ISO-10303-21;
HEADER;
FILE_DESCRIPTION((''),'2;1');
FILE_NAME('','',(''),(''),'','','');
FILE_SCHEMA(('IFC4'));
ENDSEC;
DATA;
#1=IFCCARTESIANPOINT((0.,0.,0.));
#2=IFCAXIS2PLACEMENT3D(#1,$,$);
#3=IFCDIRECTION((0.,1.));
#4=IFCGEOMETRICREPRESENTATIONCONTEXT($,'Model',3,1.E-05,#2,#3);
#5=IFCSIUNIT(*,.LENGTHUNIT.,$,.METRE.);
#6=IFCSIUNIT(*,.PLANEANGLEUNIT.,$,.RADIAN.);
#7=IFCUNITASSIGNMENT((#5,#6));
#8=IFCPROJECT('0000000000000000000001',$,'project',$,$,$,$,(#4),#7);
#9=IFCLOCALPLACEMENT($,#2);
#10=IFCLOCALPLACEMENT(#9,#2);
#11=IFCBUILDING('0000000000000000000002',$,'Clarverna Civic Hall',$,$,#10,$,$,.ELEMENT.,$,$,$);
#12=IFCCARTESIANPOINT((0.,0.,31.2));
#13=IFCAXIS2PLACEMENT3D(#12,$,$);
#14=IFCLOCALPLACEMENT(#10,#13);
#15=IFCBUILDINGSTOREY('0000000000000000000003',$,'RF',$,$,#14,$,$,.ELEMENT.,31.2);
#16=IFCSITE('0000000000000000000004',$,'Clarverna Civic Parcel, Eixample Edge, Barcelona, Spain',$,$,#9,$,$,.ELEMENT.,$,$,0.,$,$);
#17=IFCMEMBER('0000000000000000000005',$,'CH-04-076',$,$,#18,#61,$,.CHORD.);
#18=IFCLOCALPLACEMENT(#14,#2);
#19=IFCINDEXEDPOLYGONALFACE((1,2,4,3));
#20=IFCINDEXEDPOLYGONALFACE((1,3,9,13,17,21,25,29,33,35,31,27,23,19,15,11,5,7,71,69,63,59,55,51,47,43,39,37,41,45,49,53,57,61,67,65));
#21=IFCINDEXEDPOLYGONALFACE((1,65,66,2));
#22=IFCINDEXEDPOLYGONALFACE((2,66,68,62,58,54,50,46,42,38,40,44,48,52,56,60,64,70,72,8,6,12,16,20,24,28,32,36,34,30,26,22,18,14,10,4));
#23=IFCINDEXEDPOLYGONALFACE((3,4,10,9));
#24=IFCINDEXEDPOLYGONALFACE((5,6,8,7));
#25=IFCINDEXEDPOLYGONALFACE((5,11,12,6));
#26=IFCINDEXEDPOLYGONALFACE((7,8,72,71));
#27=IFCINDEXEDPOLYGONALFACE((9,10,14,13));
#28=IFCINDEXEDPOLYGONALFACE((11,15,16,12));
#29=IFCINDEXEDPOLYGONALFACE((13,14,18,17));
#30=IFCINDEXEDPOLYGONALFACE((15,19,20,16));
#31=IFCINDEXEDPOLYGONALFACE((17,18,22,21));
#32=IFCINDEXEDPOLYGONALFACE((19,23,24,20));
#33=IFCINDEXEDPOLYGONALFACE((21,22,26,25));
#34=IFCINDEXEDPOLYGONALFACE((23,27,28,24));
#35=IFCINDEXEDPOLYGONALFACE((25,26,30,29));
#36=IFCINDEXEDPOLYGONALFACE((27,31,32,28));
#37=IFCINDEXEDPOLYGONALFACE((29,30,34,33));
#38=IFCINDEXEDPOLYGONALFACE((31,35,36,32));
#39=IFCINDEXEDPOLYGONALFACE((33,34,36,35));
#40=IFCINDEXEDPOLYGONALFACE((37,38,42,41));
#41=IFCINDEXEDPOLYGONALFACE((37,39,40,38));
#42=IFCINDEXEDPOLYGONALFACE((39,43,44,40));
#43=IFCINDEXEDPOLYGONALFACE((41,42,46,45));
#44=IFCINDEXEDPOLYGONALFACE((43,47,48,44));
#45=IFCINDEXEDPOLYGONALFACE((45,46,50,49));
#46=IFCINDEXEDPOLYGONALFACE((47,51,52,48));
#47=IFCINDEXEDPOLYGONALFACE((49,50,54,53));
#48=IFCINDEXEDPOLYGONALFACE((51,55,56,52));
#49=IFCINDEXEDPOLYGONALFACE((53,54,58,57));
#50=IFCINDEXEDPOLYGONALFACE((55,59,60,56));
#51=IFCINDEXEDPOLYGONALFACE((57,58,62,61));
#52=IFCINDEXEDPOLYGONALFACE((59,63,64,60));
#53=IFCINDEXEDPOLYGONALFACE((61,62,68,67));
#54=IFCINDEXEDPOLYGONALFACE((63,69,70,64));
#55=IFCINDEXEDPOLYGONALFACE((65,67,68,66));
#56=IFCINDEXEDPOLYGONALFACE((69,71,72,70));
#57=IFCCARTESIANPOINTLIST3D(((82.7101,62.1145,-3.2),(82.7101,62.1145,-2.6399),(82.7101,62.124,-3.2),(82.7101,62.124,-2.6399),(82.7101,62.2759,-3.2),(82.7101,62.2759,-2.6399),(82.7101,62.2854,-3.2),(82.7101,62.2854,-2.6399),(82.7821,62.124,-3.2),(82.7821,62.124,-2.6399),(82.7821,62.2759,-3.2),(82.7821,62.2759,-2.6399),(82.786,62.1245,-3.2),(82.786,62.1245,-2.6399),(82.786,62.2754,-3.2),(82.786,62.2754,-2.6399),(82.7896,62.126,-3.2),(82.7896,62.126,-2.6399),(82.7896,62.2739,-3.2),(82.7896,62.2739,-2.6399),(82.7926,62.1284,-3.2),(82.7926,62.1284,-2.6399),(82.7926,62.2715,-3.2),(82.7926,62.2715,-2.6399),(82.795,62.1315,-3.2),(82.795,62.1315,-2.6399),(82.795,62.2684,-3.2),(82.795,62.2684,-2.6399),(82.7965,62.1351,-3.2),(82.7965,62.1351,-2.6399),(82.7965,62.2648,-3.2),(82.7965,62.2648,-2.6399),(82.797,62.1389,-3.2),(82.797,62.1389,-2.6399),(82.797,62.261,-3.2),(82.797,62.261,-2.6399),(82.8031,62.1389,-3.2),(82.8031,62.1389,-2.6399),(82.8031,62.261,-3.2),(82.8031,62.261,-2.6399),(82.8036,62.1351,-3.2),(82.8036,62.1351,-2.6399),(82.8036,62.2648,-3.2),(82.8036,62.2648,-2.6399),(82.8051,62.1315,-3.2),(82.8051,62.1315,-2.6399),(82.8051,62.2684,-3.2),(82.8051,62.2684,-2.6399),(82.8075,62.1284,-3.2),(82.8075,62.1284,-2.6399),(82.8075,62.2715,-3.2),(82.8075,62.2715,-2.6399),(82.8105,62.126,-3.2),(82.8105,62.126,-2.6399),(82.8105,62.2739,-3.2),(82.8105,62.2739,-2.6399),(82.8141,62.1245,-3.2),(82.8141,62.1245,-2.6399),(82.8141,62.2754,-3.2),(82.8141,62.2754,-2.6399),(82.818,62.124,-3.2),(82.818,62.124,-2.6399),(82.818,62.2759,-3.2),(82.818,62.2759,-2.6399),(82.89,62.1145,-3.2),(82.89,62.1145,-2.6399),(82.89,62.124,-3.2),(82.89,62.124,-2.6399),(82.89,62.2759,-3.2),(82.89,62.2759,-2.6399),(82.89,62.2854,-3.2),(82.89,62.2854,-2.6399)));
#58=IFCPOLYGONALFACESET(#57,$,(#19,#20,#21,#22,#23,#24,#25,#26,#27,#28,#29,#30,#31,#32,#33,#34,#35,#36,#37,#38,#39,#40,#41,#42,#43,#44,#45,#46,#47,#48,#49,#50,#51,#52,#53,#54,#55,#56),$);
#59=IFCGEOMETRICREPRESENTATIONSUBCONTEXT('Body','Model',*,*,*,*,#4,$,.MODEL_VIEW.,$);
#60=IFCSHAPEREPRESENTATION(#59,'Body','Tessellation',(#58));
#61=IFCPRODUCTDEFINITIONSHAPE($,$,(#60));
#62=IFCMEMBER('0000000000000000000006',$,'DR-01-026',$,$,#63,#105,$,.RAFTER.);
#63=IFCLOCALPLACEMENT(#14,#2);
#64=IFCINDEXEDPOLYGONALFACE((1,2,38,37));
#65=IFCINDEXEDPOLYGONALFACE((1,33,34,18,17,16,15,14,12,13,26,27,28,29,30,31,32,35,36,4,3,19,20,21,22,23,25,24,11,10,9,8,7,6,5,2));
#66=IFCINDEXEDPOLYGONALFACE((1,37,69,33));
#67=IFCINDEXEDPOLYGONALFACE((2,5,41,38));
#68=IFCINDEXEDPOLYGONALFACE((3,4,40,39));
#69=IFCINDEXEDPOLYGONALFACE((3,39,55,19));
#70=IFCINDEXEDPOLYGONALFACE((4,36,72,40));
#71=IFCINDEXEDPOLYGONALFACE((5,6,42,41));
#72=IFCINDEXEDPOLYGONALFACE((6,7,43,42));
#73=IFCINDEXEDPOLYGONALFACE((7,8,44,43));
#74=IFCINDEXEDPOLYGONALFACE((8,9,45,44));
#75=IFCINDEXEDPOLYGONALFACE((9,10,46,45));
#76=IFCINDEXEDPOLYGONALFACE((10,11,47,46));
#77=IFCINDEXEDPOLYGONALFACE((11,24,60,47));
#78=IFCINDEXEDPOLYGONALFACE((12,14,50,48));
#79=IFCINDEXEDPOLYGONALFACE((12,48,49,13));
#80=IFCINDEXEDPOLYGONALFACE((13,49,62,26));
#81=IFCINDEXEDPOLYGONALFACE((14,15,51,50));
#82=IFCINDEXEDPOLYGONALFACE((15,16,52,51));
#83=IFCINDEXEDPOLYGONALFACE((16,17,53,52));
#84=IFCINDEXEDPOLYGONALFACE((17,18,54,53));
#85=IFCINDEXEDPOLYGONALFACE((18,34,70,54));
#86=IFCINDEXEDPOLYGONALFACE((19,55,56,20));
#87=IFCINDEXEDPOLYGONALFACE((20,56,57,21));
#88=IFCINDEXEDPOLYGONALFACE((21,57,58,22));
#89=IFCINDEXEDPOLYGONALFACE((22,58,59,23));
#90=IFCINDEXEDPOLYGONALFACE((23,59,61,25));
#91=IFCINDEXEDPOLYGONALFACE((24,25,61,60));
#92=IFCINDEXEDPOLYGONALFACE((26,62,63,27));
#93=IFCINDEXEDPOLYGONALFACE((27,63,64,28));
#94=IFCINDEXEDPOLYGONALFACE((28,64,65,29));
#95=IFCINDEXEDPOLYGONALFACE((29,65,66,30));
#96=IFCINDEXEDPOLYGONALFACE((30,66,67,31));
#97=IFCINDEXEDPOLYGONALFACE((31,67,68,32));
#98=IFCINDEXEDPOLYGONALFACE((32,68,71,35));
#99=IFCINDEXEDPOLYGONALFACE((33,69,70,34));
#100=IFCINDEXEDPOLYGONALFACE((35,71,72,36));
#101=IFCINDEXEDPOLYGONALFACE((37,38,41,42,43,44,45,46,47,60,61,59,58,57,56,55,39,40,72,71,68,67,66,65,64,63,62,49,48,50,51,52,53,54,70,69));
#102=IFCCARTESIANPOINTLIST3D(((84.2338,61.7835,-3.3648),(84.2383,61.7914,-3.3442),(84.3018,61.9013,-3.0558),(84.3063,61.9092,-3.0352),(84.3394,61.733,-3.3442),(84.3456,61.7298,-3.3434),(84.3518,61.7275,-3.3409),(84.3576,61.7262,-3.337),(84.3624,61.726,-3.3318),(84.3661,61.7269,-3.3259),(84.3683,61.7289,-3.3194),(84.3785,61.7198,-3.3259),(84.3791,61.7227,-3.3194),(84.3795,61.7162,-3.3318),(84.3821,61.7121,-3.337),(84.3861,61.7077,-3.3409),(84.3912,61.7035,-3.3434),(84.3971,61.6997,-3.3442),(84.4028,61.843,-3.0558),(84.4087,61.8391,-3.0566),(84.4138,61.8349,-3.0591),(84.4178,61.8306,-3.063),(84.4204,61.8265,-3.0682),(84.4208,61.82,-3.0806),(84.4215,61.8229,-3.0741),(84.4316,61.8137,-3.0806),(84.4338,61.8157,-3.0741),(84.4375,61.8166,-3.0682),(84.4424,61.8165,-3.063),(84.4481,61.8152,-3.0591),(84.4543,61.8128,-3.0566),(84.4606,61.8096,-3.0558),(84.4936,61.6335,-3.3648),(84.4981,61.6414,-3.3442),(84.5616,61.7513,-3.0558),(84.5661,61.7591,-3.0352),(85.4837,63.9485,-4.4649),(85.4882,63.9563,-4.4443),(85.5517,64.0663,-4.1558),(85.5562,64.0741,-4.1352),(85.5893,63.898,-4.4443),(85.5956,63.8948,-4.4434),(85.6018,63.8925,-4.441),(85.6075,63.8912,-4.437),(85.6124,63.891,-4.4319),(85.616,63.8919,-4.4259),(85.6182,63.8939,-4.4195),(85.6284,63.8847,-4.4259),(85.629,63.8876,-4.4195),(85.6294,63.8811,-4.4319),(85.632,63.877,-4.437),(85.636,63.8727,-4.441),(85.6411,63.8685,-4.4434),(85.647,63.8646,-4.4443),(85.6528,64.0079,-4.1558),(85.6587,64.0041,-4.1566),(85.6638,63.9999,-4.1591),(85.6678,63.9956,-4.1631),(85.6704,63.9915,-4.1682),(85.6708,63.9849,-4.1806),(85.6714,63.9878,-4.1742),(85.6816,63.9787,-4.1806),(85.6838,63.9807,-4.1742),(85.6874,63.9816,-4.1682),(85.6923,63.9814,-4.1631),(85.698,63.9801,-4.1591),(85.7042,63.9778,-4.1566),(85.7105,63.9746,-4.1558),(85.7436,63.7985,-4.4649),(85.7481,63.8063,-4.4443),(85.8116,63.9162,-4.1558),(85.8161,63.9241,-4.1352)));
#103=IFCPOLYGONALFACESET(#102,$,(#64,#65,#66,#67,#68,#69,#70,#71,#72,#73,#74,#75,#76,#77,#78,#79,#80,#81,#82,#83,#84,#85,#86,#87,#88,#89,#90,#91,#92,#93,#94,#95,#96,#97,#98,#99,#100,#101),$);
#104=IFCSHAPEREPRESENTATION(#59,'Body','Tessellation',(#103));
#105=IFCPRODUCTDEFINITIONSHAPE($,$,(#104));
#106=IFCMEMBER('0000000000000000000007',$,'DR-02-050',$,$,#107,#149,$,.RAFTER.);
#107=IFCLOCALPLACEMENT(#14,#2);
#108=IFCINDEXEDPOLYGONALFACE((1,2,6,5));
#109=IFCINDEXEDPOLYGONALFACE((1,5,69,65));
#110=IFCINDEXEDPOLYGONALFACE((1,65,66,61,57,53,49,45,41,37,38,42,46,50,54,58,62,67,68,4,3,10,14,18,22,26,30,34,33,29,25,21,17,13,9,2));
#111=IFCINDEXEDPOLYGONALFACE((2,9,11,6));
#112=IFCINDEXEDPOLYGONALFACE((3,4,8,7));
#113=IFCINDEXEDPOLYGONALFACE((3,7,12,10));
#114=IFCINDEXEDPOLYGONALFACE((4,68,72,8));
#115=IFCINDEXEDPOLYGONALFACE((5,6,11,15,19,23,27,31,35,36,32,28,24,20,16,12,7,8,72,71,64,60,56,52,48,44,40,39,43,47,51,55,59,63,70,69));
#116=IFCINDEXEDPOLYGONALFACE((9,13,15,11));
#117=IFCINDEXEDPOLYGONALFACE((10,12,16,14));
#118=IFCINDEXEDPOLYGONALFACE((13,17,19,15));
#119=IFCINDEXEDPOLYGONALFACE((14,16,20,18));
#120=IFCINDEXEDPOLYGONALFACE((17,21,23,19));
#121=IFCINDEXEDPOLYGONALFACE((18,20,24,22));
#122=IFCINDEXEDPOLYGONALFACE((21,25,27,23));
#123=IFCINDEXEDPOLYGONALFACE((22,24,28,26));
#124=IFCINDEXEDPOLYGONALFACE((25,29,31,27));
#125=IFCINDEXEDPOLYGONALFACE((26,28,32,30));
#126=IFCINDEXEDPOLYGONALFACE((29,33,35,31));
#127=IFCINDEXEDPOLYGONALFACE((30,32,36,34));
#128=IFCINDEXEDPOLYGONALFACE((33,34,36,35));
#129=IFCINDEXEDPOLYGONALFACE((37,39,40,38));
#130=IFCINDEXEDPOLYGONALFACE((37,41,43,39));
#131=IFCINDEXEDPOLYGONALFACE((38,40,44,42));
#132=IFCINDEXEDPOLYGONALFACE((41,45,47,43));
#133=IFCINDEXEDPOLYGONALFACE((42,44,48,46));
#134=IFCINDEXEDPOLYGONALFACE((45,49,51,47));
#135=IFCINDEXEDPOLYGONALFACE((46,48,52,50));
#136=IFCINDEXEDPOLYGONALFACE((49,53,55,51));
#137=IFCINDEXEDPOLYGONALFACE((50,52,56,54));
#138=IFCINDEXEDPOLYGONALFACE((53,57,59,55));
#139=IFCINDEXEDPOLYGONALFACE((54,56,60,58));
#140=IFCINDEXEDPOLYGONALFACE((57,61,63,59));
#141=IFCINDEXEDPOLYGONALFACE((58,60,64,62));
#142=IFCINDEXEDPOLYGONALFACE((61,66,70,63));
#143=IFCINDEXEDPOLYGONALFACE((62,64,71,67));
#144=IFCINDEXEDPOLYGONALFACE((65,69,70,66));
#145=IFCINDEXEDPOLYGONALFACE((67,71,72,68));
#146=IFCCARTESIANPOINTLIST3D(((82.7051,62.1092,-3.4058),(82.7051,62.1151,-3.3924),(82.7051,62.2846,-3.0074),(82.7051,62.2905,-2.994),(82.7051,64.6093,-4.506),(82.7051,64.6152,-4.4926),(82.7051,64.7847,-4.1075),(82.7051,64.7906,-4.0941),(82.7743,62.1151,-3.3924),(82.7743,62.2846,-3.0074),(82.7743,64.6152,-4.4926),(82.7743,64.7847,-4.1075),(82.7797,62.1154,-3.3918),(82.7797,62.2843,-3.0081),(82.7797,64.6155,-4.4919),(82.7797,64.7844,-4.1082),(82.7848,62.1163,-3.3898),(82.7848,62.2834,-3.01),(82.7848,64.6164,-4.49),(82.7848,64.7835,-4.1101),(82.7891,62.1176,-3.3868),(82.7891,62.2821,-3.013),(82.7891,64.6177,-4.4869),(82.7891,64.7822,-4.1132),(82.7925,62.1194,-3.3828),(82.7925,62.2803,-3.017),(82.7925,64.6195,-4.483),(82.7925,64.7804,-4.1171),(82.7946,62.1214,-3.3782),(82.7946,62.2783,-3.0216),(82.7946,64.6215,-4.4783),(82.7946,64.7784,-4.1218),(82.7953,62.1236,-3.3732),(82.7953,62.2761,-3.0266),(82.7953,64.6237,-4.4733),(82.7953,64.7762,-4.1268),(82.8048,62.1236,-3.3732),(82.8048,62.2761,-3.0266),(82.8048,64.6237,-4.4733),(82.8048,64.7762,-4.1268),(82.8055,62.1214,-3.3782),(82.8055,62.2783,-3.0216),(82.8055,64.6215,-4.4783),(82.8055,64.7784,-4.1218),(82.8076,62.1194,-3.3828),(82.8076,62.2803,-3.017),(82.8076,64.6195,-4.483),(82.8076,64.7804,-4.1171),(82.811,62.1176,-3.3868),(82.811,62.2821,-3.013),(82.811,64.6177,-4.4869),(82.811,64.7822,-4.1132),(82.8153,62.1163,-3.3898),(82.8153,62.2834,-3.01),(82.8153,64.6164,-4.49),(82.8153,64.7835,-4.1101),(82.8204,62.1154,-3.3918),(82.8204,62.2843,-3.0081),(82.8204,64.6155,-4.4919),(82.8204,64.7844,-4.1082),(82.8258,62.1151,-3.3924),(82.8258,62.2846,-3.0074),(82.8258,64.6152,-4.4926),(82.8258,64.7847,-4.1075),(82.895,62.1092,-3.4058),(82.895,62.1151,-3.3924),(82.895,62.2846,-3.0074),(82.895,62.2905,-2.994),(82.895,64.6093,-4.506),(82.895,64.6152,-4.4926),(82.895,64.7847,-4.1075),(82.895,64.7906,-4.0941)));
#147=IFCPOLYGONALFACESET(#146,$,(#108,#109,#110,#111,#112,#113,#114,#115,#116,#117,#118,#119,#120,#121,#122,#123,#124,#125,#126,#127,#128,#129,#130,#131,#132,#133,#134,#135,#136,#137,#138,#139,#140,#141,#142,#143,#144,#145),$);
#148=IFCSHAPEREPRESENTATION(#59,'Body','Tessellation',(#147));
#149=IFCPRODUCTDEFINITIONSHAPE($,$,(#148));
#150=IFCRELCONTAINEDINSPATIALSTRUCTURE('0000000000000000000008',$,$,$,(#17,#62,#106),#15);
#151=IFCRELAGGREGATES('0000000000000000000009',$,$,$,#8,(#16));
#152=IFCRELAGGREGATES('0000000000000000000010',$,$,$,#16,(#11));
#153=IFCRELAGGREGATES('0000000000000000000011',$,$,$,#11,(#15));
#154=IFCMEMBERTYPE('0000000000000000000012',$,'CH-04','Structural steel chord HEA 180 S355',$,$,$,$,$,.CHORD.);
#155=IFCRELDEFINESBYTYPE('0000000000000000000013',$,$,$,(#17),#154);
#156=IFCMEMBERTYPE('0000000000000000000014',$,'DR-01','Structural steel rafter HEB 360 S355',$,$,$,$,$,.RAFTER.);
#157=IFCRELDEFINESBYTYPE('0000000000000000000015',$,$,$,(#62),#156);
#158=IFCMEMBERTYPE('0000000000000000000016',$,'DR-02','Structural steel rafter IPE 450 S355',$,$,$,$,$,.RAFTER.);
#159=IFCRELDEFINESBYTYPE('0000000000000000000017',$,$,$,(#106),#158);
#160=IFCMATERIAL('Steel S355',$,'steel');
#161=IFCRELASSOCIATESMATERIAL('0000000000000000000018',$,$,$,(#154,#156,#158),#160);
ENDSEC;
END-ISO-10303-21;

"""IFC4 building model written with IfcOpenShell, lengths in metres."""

from ifc_helpers import new_model, si_unit, direction, frame, origin, origin_2d, place, context, subcontext, project, spatial, i_section, extrude, material, material_profile, profile_set, type_object, element, save


model = new_model("IFC4")

# Units and contexts
model_context = context("Model", 3, precision=1e-05, world=origin(), true_north=direction((0.0, 1.0)))
body_context = subcontext(model_context, "Body", "Model", "MODEL_VIEW")
ifc_project = project(units=[si_unit("LENGTHUNIT", "METRE"), si_unit("PLANEANGLEUNIT", "RADIAN")], contexts=[model_context])

# Site, building, storey
site_placement = place(None, origin())
site = spatial("IfcSite", under=ifc_project, at=site_placement, Name="Clarverna Civic Parcel, Eixample Edge, Barcelona, Spain", CompositionType="ELEMENT", RefElevation=0.0)
building_placement = place(site_placement, origin())
building = spatial("IfcBuilding", under=site, at=building_placement, Name="Clarverna Civic Hall", CompositionType="ELEMENT")
storey_placement = place(building_placement, frame((0.0, 0.0, 31.2)))
storey = spatial("IfcBuildingStorey", under=building, at=storey_placement, Name="RF", CompositionType="ELEMENT", Elevation=31.2)

# Members
ifc_material_1 = material(Name="Steel S355", Category="steel")
ifc_material_profile_1 = material_profile(ifc_material_1, i_section(OverallWidth=0.1799, OverallDepth=0.1709, WebThickness=0.0061, FlangeThickness=0.0095, FilletRadius=0.0149, at=origin_2d()), Name="HEA 180")
ifc_profile_set_1 = profile_set([ifc_material_profile_1], Name="Steel S355")
member_type_1 = type_object("IfcMemberType", Name="CH-04", Description="Structural steel chord HEA 180 S355", PredefinedType="CHORD", material=ifc_profile_set_1)
for number, where, z_axis, x_axis, name in (
    (1, (82.8, 62.2, -3.2), (0.0, 0.0, 1.0), (1.0, 0.0, 0.0), "CH-04-076"),
):
    element("IfcMember", number, at=place(storey_placement, frame(where, z_axis=z_axis, x_axis=x_axis)), inside=storey, type_object=member_type_1, Name=name, PredefinedType="CHORD", context=body_context, shape_type="SweptSolid", body=[
        extrude(i_section(OverallWidth=0.1799, OverallDepth=0.1709, WebThickness=0.0061, FlangeThickness=0.0095, FilletRadius=0.0149, at=origin_2d()), origin(), (0.0, 0.0, 1.0), 0.5601),
    ])
ifc_material_profile_2 = material_profile(ifc_material_1, i_section(OverallWidth=0.3, OverallDepth=0.3601, WebThickness=0.0125, FlangeThickness=0.0225, FilletRadius=0.0271, at=origin_2d()), Name="HEB 360")
ifc_profile_set_2 = profile_set([ifc_material_profile_2], Name="Steel S355")
member_type_2 = type_object("IfcMemberType", Name="DR-01", Description="Structural steel rafter HEB 360 S355", PredefinedType="RAFTER", material=ifc_profile_set_2)
member_1_placement = place(storey_placement, frame((85.6499, 63.9363, -4.3), z_axis=(-0.457654, -0.792671, 0.402771), x_axis=(0.866023, -0.500004, 0.0)))
element("IfcMember", 2, at=member_1_placement, inside=storey, type_object=member_type_2, Name="DR-01-026", PredefinedType="RAFTER", context=body_context, shape_type="SweptSolid", body=[
    extrude(i_section(OverallWidth=0.3, OverallDepth=0.3601, WebThickness=0.0125, FlangeThickness=0.0225, FilletRadius=0.0271, at=origin_2d()), origin(), (0.0, 0.0, 1.0), 2.7312),
])
ifc_material_profile_3 = material_profile(ifc_material_1, i_section(OverallWidth=0.1899, OverallDepth=0.45, WebThickness=0.0095, FlangeThickness=0.0146, FilletRadius=0.021, at=origin_2d()), Name="IPE 450")
ifc_profile_set_3 = profile_set([ifc_material_profile_3], Name="Steel S355")
member_type_3 = type_object("IfcMemberType", Name="DR-02", Description="Structural steel rafter IPE 450 S355", PredefinedType="RAFTER", material=ifc_profile_set_3)
member_2_placement = place(storey_placement, frame((82.8, 64.7, -4.3), z_axis=(0.0, -0.915302, 0.402769), x_axis=(1.0, 0.0, 0.0)))
element("IfcMember", 3, at=member_2_placement, inside=storey, type_object=member_type_3, Name="DR-02-050", PredefinedType="RAFTER", context=body_context, shape_type="SweptSolid", body=[
    extrude(i_section(OverallWidth=0.1899, OverallDepth=0.45, WebThickness=0.0095, FlangeThickness=0.0146, FilletRadius=0.021, at=origin_2d()), origin(), (0.0, 0.0, 1.0), 2.7314),
])

save(model, "model.ifc")
